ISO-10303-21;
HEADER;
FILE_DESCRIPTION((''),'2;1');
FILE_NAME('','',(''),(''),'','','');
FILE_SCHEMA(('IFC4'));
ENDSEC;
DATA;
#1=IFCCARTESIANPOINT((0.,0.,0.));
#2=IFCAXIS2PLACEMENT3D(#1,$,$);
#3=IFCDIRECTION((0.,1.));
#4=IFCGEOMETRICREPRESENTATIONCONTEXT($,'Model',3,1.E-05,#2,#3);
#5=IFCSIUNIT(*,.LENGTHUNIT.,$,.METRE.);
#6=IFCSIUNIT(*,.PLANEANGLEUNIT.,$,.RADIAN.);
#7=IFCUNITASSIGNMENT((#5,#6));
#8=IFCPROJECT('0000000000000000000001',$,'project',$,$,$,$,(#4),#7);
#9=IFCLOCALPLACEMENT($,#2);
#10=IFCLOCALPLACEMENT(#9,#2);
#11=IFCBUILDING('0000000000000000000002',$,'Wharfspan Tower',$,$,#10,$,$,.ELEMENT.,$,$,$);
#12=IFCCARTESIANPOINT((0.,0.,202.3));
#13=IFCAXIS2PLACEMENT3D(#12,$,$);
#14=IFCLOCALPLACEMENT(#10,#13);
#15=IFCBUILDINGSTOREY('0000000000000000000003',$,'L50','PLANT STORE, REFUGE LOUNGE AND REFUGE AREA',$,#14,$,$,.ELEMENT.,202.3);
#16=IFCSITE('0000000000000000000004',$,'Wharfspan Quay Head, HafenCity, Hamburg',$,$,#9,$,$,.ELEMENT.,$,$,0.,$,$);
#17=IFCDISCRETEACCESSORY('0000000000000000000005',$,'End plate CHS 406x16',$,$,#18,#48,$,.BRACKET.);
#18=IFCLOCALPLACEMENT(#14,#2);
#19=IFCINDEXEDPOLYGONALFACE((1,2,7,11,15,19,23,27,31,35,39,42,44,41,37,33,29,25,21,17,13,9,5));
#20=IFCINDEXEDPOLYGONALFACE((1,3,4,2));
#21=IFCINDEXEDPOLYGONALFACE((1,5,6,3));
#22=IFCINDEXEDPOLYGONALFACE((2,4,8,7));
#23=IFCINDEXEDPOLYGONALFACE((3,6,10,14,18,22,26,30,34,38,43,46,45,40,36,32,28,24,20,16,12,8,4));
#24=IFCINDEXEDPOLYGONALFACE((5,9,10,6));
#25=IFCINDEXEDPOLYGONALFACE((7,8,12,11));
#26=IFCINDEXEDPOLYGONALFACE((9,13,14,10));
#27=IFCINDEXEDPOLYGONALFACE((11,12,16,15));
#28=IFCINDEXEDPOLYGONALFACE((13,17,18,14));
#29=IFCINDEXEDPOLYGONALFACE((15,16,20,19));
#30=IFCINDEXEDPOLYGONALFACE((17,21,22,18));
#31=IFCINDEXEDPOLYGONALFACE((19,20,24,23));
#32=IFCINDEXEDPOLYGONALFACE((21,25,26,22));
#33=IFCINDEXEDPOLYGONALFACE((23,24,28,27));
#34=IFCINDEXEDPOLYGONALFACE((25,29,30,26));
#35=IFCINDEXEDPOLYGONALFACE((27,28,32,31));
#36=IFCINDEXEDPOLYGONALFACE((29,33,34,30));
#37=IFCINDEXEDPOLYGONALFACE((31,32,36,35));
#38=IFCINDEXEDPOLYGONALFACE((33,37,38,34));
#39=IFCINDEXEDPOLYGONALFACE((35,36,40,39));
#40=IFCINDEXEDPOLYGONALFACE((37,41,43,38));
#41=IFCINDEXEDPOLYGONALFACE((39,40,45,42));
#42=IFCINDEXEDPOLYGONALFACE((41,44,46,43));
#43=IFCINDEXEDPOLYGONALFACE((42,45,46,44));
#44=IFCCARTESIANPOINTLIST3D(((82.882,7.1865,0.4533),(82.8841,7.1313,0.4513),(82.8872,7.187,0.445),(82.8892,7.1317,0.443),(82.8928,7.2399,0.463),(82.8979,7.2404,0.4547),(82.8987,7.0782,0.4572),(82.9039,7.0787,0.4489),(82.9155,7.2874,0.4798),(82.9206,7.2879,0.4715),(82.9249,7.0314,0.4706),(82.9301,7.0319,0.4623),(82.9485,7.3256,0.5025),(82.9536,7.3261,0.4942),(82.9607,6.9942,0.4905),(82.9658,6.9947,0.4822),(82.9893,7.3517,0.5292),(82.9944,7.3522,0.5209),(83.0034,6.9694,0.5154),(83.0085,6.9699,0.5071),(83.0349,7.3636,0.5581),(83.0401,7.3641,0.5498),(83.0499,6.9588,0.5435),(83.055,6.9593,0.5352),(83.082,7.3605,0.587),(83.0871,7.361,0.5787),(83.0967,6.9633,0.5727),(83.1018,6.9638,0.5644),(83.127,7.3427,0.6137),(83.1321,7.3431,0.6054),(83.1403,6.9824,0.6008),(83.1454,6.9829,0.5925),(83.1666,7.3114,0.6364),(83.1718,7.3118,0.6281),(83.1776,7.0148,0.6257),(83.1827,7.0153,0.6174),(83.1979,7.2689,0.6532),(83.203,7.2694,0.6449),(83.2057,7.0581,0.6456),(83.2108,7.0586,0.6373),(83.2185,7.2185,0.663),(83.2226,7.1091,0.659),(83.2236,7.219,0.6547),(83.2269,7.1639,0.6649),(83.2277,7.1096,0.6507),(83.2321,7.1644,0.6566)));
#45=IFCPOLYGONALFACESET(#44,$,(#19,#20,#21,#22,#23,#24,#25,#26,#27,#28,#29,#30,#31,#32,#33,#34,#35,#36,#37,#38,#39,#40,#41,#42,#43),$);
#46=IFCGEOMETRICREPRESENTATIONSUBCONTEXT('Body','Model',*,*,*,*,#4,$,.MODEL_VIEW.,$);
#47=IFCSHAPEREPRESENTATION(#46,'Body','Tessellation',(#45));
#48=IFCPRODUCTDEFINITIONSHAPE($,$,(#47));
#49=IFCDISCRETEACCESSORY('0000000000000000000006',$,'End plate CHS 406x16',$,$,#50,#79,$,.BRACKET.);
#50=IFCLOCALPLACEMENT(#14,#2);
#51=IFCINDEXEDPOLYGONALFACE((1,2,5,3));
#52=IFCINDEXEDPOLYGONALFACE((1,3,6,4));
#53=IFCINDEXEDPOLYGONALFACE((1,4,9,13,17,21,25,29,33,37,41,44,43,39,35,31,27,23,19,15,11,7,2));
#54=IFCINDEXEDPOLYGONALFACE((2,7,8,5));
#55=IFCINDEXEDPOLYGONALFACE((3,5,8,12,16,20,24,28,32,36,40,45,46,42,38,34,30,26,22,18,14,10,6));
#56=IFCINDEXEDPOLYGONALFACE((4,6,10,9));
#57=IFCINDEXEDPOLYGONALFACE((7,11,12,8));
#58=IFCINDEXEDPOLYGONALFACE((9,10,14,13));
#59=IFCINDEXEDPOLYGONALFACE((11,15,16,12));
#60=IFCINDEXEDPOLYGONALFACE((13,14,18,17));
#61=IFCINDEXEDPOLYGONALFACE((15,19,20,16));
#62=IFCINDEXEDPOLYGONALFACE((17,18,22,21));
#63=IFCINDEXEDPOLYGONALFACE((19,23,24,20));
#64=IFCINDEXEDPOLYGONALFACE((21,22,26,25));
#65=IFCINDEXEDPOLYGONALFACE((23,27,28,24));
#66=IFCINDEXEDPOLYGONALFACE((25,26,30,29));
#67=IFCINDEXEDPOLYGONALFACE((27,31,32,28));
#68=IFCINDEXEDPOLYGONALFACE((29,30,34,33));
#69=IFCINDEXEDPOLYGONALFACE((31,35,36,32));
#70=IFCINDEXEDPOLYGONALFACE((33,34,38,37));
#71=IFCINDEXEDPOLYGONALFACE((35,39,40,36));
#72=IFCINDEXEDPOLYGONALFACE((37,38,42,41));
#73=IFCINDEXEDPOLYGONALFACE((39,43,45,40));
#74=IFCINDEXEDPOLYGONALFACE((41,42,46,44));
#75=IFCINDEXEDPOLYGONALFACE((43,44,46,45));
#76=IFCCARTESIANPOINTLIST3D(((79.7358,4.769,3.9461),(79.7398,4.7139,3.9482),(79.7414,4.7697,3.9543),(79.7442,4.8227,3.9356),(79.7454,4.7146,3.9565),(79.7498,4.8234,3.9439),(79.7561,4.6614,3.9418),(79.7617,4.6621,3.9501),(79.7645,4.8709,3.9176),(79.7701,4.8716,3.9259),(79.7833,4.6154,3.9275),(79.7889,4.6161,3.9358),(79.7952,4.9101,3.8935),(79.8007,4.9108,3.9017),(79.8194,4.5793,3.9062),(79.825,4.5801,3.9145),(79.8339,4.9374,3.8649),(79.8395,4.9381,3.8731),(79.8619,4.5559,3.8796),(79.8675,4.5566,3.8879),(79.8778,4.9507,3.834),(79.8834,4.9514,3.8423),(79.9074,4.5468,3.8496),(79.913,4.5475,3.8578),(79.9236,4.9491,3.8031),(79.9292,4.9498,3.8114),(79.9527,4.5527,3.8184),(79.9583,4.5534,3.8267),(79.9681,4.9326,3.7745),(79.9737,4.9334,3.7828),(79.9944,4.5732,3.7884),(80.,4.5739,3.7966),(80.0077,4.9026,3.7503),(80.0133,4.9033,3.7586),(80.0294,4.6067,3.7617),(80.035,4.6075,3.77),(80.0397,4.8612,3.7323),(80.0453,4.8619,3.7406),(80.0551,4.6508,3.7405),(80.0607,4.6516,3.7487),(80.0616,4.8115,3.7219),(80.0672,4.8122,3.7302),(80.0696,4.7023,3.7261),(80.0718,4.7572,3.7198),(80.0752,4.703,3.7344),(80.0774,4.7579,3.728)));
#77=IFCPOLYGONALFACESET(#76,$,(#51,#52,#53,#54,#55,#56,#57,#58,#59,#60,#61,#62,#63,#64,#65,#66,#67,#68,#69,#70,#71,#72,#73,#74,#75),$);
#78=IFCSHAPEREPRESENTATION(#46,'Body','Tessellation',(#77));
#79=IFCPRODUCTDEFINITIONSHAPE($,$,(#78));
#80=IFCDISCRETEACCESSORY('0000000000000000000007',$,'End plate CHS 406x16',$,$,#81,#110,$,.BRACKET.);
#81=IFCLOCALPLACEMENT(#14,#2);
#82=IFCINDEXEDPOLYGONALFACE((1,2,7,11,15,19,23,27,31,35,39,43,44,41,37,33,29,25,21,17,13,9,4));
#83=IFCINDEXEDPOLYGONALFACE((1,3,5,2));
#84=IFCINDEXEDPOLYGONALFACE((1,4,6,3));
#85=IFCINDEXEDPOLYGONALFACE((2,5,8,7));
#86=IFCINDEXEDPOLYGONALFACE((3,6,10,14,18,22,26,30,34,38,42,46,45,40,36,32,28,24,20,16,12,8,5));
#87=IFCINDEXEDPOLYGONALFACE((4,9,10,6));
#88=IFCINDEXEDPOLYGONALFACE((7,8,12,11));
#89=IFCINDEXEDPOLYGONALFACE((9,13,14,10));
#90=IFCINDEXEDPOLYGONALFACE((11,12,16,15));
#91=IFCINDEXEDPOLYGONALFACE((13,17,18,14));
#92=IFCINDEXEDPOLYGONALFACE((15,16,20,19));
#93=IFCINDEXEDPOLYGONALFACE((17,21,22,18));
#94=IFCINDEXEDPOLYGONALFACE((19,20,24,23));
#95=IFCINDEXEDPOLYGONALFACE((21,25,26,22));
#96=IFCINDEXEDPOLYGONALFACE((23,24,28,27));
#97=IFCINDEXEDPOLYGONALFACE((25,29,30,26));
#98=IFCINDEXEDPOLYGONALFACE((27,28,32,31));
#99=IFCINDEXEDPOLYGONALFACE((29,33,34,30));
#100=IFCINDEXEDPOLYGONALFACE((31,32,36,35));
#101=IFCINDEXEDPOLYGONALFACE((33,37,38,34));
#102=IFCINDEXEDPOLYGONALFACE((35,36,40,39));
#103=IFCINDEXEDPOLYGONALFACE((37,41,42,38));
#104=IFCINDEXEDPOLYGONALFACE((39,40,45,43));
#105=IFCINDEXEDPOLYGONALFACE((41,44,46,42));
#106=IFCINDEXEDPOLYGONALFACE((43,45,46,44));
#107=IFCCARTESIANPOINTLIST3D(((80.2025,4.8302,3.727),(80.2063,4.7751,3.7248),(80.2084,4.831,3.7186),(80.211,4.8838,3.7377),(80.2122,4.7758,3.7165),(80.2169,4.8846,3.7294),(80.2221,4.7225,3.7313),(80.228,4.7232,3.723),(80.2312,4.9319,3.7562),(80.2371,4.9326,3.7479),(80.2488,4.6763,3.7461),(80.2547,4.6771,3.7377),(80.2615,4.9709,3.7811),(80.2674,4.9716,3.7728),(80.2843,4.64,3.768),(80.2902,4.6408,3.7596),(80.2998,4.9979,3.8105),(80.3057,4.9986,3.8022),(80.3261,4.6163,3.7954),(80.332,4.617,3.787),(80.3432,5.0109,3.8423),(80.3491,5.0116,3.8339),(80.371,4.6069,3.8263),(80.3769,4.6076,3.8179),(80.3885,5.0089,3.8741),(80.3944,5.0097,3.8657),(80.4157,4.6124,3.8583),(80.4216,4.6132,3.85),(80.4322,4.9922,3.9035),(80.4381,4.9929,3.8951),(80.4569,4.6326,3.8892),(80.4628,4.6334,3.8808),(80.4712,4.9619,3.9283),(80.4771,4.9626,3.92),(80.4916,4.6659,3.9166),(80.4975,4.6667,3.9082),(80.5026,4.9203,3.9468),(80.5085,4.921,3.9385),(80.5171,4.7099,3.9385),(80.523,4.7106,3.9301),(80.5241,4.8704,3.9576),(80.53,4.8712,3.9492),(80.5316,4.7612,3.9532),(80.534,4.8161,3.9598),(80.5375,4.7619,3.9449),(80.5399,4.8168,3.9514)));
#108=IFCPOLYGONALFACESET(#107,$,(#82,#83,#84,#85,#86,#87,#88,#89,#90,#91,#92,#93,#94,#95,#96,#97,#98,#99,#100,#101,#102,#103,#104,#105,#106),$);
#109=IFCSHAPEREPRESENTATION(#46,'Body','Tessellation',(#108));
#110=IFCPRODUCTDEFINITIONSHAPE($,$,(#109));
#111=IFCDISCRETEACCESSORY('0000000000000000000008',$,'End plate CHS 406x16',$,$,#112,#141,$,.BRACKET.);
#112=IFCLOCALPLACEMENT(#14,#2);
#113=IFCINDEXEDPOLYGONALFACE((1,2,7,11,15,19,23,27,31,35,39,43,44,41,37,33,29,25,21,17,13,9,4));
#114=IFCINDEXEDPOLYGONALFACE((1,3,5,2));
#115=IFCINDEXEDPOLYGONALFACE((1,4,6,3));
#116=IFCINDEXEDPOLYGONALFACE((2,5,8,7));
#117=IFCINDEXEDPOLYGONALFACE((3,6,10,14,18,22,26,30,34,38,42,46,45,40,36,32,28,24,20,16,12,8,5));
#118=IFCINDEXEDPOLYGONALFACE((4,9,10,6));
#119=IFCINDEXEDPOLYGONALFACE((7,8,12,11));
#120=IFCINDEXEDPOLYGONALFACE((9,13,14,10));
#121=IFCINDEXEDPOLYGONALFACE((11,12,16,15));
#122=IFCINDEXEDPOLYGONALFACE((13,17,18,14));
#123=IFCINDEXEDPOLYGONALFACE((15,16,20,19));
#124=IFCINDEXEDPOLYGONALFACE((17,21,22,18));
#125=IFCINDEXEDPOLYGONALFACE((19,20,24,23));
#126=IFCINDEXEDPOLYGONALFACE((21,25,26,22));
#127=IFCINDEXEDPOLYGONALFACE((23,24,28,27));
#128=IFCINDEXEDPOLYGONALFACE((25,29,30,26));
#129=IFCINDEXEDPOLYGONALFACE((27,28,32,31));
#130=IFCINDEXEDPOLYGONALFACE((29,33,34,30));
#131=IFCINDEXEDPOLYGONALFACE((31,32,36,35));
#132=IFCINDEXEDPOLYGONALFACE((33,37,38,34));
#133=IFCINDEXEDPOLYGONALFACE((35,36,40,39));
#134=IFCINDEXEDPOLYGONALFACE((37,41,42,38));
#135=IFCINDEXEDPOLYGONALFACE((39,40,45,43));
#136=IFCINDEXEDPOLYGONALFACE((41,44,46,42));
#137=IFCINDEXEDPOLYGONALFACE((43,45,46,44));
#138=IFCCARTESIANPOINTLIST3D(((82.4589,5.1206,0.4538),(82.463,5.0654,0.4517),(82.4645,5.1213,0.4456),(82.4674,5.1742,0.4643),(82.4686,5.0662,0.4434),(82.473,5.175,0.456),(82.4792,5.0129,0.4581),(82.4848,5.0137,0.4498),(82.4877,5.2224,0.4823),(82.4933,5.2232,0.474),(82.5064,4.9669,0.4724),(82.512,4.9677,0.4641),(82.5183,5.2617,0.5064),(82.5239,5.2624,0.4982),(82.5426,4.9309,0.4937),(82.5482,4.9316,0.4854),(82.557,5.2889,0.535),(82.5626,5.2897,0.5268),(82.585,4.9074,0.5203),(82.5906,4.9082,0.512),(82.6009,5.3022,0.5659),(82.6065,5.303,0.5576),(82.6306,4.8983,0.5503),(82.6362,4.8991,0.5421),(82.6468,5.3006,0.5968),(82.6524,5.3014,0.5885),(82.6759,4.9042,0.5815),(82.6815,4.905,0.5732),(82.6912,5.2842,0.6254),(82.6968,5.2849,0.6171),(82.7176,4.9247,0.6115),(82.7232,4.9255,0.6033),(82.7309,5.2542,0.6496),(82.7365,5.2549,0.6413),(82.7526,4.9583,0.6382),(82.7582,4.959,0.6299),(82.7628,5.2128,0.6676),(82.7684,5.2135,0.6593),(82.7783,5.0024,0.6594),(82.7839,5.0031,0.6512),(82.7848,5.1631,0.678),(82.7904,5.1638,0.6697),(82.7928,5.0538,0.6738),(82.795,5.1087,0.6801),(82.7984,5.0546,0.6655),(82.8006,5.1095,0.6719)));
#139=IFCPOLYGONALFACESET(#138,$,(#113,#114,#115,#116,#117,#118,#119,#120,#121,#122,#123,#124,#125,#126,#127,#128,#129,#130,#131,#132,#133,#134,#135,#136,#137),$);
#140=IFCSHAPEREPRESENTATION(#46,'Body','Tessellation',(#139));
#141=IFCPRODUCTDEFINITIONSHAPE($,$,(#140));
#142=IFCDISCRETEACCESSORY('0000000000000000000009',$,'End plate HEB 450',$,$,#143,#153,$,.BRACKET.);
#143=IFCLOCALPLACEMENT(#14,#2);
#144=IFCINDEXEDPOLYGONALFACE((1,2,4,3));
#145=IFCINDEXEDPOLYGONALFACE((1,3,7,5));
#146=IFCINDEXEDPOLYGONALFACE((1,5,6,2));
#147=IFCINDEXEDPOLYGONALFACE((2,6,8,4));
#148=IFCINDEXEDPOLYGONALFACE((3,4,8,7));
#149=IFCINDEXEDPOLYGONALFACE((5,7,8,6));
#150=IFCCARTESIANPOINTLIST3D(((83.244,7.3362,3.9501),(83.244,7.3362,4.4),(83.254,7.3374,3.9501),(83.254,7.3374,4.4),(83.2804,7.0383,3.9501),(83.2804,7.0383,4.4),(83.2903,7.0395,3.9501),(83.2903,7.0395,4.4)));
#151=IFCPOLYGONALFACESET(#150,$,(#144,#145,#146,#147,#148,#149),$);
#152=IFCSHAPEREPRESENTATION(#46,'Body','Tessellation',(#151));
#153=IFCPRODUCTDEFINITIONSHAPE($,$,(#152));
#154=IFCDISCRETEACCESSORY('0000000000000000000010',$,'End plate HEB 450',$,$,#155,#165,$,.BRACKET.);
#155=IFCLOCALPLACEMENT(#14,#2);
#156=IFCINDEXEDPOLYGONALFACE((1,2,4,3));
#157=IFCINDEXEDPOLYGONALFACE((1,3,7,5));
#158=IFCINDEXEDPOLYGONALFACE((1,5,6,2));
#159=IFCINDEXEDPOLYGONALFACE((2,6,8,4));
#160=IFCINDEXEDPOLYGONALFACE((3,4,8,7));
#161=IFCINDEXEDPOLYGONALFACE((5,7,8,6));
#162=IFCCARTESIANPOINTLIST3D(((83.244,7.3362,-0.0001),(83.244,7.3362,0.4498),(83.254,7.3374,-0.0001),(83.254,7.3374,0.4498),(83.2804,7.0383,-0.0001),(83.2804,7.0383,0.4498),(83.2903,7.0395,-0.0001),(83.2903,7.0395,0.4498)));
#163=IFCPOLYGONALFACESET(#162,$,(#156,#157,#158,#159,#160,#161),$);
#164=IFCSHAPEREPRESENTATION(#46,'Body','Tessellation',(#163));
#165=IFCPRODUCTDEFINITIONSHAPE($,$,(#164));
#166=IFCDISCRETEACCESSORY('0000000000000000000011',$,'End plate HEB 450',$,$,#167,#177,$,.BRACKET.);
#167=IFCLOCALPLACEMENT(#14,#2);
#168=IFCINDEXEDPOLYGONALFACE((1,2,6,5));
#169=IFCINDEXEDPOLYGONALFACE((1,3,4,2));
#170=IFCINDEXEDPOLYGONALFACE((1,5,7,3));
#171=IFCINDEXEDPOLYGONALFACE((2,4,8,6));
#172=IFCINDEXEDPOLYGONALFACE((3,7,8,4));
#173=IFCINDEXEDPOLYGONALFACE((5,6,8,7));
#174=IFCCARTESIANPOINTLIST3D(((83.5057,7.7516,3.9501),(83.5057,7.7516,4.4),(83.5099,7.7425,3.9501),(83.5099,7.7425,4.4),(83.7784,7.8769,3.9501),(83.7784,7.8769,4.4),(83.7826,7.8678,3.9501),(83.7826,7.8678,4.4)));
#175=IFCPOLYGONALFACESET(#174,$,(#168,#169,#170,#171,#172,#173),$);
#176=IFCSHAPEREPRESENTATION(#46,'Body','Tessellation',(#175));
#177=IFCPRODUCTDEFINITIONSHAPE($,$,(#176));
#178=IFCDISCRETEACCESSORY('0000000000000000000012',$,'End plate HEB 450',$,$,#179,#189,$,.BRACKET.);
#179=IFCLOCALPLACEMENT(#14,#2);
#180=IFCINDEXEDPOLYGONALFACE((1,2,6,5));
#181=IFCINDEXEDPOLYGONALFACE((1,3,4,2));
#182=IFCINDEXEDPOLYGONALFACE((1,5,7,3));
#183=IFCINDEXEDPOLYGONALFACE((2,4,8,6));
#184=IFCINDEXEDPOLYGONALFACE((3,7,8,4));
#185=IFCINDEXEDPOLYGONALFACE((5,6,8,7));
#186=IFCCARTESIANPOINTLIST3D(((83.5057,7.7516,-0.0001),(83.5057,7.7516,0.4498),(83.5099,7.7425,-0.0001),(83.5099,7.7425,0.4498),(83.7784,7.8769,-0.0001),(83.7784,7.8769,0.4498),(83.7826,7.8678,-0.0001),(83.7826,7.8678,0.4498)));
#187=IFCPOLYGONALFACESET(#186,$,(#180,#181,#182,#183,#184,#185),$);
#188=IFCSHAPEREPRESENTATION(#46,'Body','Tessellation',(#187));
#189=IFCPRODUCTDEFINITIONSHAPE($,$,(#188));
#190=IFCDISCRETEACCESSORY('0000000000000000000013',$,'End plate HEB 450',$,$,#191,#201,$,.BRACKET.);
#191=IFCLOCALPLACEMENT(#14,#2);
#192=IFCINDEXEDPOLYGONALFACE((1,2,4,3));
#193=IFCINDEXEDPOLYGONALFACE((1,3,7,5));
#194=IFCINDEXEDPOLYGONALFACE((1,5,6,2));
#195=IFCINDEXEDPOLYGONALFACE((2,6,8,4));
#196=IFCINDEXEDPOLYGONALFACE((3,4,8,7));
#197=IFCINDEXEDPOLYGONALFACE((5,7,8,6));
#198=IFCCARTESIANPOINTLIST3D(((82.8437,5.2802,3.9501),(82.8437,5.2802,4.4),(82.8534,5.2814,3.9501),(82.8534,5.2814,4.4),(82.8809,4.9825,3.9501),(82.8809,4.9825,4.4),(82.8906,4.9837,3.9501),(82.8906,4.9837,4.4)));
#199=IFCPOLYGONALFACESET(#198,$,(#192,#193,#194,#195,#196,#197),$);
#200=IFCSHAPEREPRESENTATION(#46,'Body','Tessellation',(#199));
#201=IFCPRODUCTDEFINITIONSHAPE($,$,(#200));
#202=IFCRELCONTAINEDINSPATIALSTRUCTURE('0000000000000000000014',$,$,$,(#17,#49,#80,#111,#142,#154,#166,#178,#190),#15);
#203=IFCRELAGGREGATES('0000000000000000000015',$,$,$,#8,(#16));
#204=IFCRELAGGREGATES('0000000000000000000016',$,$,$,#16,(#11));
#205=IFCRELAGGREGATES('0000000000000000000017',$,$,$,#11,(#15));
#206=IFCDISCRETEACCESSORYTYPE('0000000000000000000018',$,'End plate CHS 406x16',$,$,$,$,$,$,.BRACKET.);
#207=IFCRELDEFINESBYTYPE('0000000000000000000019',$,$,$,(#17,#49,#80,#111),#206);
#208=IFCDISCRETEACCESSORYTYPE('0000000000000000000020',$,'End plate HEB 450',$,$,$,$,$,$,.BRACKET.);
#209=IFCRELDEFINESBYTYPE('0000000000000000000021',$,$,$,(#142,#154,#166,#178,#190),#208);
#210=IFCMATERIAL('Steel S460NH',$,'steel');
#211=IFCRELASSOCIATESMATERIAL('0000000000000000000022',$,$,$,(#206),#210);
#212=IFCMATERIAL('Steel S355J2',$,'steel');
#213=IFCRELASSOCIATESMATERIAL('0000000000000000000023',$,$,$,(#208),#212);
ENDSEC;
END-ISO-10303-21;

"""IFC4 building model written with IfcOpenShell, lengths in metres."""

from ifc_helpers import new_model, si_unit, direction, frame, origin, origin_2d, place, context, subcontext, project, spatial, rectangle, circle, extrude, material, material_profile, profile_set, type_object, element, save


model = new_model("IFC4")

# Units and contexts
model_context = context("Model", 3, precision=1e-05, world=origin(), true_north=direction((0.0, 1.0)))
body_context = subcontext(model_context, "Body", "Model", "MODEL_VIEW")
ifc_project = project(units=[si_unit("LENGTHUNIT", "METRE"), si_unit("PLANEANGLEUNIT", "RADIAN")], contexts=[model_context])

# Site, building, storey
site_placement = place(None, origin())
site = spatial("IfcSite", under=ifc_project, at=site_placement, Name="Wharfspan Quay Head, HafenCity, Hamburg", CompositionType="ELEMENT", RefElevation=0.0)
building_placement = place(site_placement, origin())
building = spatial("IfcBuilding", under=site, at=building_placement, Name="Wharfspan Tower", CompositionType="ELEMENT")
storey_placement = place(building_placement, frame((0.0, 0.0, 202.3)))
storey = spatial("IfcBuildingStorey", under=building, at=storey_placement, Name="L50", Description="PLANT STORE, REFUGE LOUNGE AND REFUGE AREA", CompositionType="ELEMENT", Elevation=202.3)

# Shared definitions
ifc_material_1 = material(Name="Steel S355J2", Category="steel")

# Shared definitions
ifc_material_2 = material(Name="Steel S460NH", Category="steel")

# Discrete accessories
ifc_material_profile_1 = material_profile(ifc_material_2, circle(Radius=0.2031, at=origin_2d()))
ifc_profile_set_1 = profile_set([ifc_material_profile_1], Name="Steel S460NH")
discrete_accessory_type_1 = type_object("IfcDiscreteAccessoryType", Name="End plate CHS 406x16", PredefinedType="BRACKET", material=ifc_profile_set_1)
discrete_accessory_1_placement = place(storey_placement, frame((83.0542, 7.1614, 0.5581), z_axis=(0.524836, 0.049984, -0.849734), x_axis=(-0.094807, 0.995498, 0.000001)))
element("IfcDiscreteAccessory", 1, at=discrete_accessory_1_placement, inside=storey, type_object=discrete_accessory_type_1, Name="End plate CHS 406x16", PredefinedType="BRACKET", context=body_context, shape_type="SweptSolid", body=[
    extrude(circle(Radius=0.2031, at=origin_2d()), origin(), (0.0, 0.0, 1.0), 0.0098),
])
discrete_accessory_2_placement = place(storey_placement, frame((79.9041, 4.7493, 3.834), z_axis=(0.558819, 0.072889, 0.82608), x_axis=(-0.129337, 0.991601, -0.000001)))
element("IfcDiscreteAccessory", 2, at=discrete_accessory_2_placement, inside=storey, type_object=discrete_accessory_type_1, Name="End plate CHS 406x16", PredefinedType="BRACKET", context=body_context, shape_type="SweptSolid", body=[
    extrude(circle(Radius=0.2031, at=origin_2d()), origin(), (0.0, 0.0, 1.0), 0.01),
])
discrete_accessory_3_placement = place(storey_placement, frame((80.3684, 4.8093, 3.8423), z_axis=(0.575191, 0.071899, -0.814853), x_axis=(-0.124036, 0.992275, -0.000001)))
element("IfcDiscreteAccessory", 3, at=discrete_accessory_3_placement, inside=storey, type_object=discrete_accessory_type_1, Name="End plate CHS 406x16", PredefinedType="BRACKET", context=body_context, shape_type="SweptSolid", body=[
    extrude(circle(Radius=0.2031, at=origin_2d()), origin(), (0.0, 0.0, 1.0), 0.0103),
])
discrete_accessory_4_placement = place(storey_placement, frame((82.6272, 5.1008, 0.5659), z_axis=(0.558819, 0.072889, -0.82608), x_axis=(-0.129337, 0.991601, 0.000001)))
element("IfcDiscreteAccessory", 4, at=discrete_accessory_4_placement, inside=storey, type_object=discrete_accessory_type_1, Name="End plate CHS 406x16", PredefinedType="BRACKET", context=body_context, shape_type="SweptSolid", body=[
    extrude(circle(Radius=0.2031, at=origin_2d()), origin(), (0.0, 0.0, 1.0), 0.01),
])
ifc_material_profile_2 = material_profile(ifc_material_1, rectangle(XDim=0.3, YDim=0.45, at=origin_2d()))
ifc_profile_set_2 = profile_set([ifc_material_profile_2], Name="Steel S355J2")
discrete_accessory_type_2 = type_object("IfcDiscreteAccessoryType", Name="End plate HEB 450", PredefinedType="BRACKET", material=ifc_profile_set_2)
for number, where, z_axis, x_axis, name in (
    (5, (83.2622, 7.1873, 4.175), (0.992646, 0.121054, 0.0), (-0.121054, 0.992646, 0.0), "End plate HEB 450"),
    (6, (83.2622, 7.1873, 0.2249), (0.992646, 0.121054, 0.0), (-0.121054, 0.992646, 0.0), "End plate HEB 450"),
    (7, (83.6462, 7.8052, 4.175), (-0.4175, 0.908677, 0.0), (-0.908677, -0.4175, 0.0), "End plate HEB 450"),
    (8, (83.6462, 7.8052, 0.2249), (-0.4175, 0.908677, 0.0), (-0.908677, -0.4175, 0.0), "End plate HEB 450"),
):
    element("IfcDiscreteAccessory", number, at=place(storey_placement, frame(where, z_axis=z_axis, x_axis=x_axis)), inside=storey, type_object=discrete_accessory_type_2, Name=name, PredefinedType="BRACKET", context=body_context, shape_type="SweptSolid", body=[
        extrude(rectangle(XDim=0.3, YDim=0.45, at=origin_2d()), origin(), (0.0, 0.0, 1.0), 0.01),
    ])
for number, where, z_axis, x_axis, name in (
    (9, (82.8623, 5.1313, 4.175), (0.992278, 0.124035, 0.0), (-0.124035, 0.992278, 0.0), "End plate HEB 450"),
):
    element("IfcDiscreteAccessory", number, at=place(storey_placement, frame(where, z_axis=z_axis, x_axis=x_axis)), inside=storey, type_object=discrete_accessory_type_2, Name=name, PredefinedType="BRACKET", context=body_context, shape_type="SweptSolid", body=[
        extrude(rectangle(XDim=0.3, YDim=0.45, at=origin_2d()), origin(), (0.0, 0.0, 1.0), 0.0098),
    ])

save(model, "model.ifc")
